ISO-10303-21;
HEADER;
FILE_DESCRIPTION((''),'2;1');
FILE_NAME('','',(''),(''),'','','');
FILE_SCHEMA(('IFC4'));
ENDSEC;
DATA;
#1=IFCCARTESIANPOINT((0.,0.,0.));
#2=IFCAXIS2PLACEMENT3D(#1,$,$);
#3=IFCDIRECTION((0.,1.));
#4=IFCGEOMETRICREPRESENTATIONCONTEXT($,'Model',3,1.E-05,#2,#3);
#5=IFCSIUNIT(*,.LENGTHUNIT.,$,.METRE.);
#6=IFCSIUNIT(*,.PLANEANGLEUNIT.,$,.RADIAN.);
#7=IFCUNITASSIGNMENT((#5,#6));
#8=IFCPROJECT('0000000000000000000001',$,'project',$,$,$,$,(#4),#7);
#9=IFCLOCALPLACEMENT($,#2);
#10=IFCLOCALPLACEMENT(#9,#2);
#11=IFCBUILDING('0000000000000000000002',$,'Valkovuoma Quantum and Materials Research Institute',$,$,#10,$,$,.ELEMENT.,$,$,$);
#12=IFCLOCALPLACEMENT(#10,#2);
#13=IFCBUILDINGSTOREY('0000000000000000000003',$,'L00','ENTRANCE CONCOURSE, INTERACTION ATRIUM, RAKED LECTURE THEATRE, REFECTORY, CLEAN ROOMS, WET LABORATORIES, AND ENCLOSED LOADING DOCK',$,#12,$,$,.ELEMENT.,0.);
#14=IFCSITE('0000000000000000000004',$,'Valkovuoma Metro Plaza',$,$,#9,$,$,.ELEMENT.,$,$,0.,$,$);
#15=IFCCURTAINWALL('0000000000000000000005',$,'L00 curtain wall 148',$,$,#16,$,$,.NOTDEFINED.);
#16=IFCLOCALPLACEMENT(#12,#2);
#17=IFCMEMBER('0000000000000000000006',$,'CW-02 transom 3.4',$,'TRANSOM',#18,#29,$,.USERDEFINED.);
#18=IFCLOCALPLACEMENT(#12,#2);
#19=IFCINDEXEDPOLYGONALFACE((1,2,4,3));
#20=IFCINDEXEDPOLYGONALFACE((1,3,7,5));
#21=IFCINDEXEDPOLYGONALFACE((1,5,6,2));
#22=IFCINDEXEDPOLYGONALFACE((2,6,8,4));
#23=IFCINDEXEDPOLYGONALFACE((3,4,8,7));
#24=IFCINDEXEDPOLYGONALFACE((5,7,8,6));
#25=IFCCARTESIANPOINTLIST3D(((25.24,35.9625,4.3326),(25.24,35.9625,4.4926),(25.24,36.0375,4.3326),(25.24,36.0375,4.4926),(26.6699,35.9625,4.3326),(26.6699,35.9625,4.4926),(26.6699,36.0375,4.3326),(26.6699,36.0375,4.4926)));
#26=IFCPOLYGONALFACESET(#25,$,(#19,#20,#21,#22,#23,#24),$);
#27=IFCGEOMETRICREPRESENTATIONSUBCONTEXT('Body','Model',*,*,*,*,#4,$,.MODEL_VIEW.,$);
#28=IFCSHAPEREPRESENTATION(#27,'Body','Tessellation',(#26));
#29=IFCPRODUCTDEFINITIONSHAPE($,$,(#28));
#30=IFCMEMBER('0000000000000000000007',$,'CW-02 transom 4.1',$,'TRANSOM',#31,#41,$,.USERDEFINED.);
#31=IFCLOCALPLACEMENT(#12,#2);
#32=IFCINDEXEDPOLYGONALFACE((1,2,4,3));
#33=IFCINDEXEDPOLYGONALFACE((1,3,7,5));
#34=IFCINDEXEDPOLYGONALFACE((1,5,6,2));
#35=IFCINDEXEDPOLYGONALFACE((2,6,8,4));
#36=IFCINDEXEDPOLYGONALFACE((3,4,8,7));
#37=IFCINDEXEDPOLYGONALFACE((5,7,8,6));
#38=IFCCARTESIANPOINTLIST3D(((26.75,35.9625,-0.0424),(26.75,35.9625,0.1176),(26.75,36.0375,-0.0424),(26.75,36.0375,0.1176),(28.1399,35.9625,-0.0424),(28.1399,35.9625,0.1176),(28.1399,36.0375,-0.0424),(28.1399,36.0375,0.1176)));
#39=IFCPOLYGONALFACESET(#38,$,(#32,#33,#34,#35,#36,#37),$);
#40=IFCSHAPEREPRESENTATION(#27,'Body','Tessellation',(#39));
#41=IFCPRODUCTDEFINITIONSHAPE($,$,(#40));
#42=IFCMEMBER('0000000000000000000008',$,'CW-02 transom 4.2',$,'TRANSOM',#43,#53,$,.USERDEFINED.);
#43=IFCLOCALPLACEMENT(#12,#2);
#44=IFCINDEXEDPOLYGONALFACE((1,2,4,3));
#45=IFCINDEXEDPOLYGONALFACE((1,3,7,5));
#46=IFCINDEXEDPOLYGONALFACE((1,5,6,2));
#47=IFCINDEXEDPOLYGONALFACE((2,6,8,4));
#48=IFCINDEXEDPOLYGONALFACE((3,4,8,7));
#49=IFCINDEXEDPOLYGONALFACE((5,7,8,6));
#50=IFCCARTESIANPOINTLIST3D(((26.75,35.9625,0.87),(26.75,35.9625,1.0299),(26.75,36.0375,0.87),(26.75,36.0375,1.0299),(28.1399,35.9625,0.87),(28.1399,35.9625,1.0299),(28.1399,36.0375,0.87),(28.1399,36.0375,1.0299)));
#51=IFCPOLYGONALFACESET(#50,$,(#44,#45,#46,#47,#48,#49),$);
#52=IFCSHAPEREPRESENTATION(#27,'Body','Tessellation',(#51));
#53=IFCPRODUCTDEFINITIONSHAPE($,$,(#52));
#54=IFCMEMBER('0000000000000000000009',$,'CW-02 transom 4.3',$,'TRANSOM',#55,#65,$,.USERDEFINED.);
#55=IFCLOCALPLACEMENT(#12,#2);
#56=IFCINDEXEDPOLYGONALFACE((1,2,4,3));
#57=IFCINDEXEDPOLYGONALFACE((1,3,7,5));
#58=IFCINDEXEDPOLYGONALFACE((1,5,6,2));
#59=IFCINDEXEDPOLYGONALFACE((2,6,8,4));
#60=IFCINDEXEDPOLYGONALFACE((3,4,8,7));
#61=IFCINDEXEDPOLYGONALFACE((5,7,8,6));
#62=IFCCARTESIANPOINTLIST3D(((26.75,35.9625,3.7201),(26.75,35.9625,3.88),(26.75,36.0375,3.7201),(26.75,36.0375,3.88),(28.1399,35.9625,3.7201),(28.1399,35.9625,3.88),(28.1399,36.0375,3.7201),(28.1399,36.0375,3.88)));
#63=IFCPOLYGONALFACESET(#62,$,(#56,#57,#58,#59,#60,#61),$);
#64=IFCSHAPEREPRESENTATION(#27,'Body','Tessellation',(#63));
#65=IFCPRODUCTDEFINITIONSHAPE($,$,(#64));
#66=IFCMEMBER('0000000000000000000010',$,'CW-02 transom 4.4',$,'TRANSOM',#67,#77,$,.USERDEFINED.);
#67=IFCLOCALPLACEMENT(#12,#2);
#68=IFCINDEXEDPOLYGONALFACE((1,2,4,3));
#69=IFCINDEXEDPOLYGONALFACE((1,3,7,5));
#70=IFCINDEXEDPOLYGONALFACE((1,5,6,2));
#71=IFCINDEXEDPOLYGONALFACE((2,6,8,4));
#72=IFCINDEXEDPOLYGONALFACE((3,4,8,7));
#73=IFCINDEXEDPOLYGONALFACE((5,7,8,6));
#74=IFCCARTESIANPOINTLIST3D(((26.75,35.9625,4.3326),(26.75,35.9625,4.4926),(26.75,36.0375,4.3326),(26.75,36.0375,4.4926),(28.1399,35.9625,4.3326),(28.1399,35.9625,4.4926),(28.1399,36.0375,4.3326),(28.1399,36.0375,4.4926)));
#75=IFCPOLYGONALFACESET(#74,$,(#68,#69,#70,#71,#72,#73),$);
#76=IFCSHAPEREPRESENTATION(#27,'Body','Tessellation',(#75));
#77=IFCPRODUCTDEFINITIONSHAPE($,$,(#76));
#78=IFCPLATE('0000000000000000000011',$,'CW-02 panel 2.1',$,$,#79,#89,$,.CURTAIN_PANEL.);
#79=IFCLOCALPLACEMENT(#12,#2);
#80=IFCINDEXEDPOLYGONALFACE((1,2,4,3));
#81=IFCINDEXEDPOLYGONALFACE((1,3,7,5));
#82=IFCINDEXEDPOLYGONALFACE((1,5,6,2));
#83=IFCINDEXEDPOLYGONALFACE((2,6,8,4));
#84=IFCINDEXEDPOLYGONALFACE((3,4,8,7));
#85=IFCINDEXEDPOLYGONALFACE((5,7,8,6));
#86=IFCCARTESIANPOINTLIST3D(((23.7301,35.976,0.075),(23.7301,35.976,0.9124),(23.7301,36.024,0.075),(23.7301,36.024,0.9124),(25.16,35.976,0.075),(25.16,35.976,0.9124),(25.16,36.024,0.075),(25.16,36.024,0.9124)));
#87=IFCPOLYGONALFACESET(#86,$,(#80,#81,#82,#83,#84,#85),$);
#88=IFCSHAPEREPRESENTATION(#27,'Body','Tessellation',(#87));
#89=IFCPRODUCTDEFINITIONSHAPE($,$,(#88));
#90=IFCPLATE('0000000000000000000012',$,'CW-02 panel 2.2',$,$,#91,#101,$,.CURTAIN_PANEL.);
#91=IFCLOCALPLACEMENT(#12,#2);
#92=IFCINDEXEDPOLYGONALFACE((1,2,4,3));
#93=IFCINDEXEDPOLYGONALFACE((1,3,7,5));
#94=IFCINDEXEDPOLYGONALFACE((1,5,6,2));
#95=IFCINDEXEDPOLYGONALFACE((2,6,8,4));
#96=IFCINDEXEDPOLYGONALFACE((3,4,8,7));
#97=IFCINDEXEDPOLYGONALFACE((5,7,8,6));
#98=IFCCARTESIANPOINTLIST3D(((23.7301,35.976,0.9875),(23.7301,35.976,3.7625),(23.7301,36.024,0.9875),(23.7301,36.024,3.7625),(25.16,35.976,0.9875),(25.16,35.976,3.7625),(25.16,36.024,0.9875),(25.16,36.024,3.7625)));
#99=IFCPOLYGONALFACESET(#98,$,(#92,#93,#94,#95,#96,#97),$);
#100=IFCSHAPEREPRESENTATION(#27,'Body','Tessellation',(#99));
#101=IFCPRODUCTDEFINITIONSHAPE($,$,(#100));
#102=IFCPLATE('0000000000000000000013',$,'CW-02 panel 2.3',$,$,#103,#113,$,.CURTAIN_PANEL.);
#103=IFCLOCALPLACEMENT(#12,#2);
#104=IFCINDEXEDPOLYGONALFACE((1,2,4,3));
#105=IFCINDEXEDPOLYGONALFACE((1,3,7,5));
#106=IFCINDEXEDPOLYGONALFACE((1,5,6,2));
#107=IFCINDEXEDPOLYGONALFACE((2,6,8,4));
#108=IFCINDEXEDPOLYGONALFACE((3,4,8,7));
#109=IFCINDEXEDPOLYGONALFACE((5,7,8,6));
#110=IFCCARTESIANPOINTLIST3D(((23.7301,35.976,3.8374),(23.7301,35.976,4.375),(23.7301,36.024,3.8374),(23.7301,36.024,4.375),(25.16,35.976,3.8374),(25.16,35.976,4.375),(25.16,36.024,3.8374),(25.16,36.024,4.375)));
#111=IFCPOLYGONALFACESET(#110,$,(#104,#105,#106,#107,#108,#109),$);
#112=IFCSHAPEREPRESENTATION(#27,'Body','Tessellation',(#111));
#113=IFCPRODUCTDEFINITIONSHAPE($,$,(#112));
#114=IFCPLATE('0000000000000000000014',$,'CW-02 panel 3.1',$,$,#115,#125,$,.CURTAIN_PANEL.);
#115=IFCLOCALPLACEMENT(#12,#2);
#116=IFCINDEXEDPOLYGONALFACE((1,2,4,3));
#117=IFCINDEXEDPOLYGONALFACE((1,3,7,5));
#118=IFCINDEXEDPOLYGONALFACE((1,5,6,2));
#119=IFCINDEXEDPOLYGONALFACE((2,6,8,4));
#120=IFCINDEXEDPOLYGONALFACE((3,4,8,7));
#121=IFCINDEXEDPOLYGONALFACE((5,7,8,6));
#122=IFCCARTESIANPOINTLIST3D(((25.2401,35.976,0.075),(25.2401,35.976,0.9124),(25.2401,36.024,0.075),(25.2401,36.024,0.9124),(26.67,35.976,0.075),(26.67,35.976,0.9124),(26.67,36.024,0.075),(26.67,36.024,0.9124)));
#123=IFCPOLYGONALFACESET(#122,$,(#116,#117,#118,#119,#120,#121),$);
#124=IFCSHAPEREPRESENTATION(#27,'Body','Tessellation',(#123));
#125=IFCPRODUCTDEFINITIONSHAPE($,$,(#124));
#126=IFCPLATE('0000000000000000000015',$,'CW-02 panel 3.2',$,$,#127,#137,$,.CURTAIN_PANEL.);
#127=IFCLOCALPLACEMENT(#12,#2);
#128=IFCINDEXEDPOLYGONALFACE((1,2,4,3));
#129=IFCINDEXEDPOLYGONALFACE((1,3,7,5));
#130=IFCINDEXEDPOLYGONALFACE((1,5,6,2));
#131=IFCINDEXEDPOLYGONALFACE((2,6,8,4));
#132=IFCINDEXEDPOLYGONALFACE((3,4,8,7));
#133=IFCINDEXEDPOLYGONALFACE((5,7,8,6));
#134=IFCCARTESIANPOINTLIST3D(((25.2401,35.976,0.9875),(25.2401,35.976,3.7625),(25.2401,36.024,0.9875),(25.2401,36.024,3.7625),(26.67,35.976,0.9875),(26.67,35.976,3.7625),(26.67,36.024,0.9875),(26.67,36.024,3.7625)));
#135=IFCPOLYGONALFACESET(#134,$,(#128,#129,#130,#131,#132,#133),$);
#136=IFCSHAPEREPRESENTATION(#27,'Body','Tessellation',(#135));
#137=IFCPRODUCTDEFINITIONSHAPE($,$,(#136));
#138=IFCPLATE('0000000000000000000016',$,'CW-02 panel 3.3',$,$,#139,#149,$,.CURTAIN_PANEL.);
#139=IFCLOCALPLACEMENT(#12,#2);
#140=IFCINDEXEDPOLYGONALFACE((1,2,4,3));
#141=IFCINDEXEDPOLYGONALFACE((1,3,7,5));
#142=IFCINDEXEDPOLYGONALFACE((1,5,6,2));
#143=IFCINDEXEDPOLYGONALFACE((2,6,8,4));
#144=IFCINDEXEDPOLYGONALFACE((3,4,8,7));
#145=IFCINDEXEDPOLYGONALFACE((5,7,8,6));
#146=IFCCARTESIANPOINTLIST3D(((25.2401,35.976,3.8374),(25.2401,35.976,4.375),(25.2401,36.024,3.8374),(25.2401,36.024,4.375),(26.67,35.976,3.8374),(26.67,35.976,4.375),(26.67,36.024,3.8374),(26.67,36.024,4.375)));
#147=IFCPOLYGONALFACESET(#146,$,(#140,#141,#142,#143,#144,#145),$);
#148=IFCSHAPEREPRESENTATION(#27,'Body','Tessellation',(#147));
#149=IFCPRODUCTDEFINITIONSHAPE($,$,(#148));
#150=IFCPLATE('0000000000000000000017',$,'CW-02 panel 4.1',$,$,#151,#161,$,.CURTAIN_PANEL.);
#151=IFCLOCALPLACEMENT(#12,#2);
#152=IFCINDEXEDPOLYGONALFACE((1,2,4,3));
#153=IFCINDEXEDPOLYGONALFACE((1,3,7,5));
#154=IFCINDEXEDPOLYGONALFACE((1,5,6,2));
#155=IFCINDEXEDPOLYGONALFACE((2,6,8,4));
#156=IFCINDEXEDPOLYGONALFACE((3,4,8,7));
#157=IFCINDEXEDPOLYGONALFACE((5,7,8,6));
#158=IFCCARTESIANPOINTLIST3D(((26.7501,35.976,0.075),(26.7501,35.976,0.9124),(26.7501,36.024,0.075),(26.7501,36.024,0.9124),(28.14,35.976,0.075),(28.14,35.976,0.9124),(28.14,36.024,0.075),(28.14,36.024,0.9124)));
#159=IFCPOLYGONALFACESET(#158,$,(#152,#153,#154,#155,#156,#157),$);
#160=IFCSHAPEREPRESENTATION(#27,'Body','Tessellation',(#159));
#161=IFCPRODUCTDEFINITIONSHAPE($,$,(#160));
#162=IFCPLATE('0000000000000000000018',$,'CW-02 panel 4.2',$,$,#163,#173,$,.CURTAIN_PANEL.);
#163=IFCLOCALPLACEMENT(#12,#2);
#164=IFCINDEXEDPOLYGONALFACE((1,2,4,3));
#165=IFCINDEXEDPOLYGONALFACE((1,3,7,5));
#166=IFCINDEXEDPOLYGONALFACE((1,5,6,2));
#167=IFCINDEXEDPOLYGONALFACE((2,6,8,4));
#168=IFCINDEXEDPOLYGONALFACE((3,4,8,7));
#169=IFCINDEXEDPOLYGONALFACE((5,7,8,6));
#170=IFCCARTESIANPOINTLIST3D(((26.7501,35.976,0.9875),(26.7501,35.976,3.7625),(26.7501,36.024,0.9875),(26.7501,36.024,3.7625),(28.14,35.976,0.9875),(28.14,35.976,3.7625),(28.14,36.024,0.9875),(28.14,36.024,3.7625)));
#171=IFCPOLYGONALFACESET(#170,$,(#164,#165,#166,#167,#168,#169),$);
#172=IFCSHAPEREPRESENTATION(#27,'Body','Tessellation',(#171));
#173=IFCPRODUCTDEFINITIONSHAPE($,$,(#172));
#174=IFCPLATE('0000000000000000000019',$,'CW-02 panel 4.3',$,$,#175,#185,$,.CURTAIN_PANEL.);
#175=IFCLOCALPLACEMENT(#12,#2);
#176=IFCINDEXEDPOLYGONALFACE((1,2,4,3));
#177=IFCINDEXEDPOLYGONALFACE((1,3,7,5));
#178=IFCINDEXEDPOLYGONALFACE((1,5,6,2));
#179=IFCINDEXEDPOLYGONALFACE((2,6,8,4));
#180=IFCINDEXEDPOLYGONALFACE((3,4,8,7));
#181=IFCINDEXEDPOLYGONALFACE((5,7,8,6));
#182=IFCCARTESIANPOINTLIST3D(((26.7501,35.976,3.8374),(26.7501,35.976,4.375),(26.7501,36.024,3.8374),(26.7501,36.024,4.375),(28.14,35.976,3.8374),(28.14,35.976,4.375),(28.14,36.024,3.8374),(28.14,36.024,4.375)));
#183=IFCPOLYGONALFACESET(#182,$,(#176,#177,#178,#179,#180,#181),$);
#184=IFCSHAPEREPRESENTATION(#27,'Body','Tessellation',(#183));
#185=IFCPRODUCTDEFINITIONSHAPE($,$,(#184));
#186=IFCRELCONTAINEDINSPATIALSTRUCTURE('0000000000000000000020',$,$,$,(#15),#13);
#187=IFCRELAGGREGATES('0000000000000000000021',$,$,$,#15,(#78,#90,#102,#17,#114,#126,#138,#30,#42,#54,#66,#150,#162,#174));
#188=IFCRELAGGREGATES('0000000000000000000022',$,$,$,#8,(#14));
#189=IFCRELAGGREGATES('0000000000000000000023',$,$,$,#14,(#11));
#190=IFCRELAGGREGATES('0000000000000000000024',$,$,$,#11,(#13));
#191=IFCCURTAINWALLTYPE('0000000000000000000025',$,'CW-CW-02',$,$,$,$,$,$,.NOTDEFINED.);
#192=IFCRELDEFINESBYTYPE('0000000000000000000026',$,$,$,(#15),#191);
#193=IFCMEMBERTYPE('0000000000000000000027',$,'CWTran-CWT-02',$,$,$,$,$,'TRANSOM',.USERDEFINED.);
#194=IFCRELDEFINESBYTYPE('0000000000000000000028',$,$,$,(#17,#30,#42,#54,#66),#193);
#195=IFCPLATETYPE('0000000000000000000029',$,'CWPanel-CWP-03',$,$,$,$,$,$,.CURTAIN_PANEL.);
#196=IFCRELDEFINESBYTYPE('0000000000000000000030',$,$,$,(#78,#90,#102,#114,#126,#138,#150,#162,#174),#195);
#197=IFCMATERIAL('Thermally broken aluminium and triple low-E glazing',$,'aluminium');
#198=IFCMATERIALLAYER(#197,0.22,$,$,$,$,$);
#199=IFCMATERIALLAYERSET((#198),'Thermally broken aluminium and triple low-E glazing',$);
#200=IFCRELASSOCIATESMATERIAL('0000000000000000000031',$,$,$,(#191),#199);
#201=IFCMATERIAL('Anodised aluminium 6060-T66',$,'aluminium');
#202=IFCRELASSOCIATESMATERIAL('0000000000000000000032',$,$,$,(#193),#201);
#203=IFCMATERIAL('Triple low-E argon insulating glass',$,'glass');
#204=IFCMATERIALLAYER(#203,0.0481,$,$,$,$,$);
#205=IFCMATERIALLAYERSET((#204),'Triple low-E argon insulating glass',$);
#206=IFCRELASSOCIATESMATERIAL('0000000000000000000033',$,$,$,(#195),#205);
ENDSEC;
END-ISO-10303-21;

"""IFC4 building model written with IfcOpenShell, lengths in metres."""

from ifc_helpers import new_model, si_unit, direction, frame, origin, origin_2d, place, context, subcontext, project, spatial, rectangle, extrude, material, layer, layer_set, material_profile, profile_set, type_object, element, aggregate, save


model = new_model("IFC4")

# Units and contexts
model_context = context("Model", 3, precision=1e-05, world=origin(), true_north=direction((0.0, 1.0)))
body_context = subcontext(model_context, "Body", "Model", "MODEL_VIEW")
ifc_project = project(units=[si_unit("LENGTHUNIT", "METRE"), si_unit("PLANEANGLEUNIT", "RADIAN")], contexts=[model_context])

# Site, building, storey
site_placement = place(None, origin())
site = spatial("IfcSite", under=ifc_project, at=site_placement, Name="Valkovuoma Metro Plaza", CompositionType="ELEMENT", RefElevation=0.0)
building_placement = place(site_placement, origin())
building = spatial("IfcBuilding", under=site, at=building_placement, Name="Valkovuoma Quantum and Materials Research Institute", CompositionType="ELEMENT")
storey_placement = place(building_placement, origin())
storey = spatial("IfcBuildingStorey", under=building, at=storey_placement, Name="L00", Description="ENTRANCE CONCOURSE, INTERACTION ATRIUM, RAKED LECTURE THEATRE, REFECTORY, CLEAN ROOMS, WET LABORATORIES, AND ENCLOSED LOADING DOCK", CompositionType="ELEMENT", Elevation=0.0)

# Curtain wall
ifc_material_1 = material(Name="Thermally broken aluminium and triple low-E glazing", Category="aluminium")
ifc_layer_1 = layer(ifc_material_1, 0.22)
ifc_layer_set_1 = layer_set([ifc_layer_1], Name="Thermally broken aluminium and triple low-E glazing")
curtain_wall_type = type_object("IfcCurtainWallType", Name="CW-CW-02", PredefinedType="NOTDEFINED", material=ifc_layer_set_1)
curtain_wall_1_placement = place(storey_placement, origin())
curtain_wall_1 = element("IfcCurtainWall", 1, at=curtain_wall_1_placement, inside=storey, type_object=curtain_wall_type, Name="L00 curtain wall 148", PredefinedType="NOTDEFINED")

# Members
ifc_material_2 = material(Name="Anodised aluminium 6060-T66", Category="aluminium")
ifc_material_profile_1 = material_profile(ifc_material_2, rectangle(XDim=0.075, YDim=0.1599, at=origin_2d()), Name="Anodised aluminium 6060-T66")
ifc_profile_set_1 = profile_set([ifc_material_profile_1], Name="Anodised aluminium 6060-T66")
member_type_1 = type_object("IfcMemberType", Name="CWTran-CWT-02", ElementType="TRANSOM", PredefinedType="USERDEFINED", material=ifc_profile_set_1)
member_1_placement = place(storey_placement, frame((25.24, 36.0, 4.4126), z_axis=(1.0, 0.0, 0.0), x_axis=(0.0, 1.0, 0.0)))
member_1 = element("IfcMember", 2, at=member_1_placement, type_object=member_type_1, Name="CW-02 transom 3.4", ObjectType="TRANSOM", PredefinedType="USERDEFINED", context=body_context, shape_type="SweptSolid", body=[
    extrude(rectangle(XDim=0.075, YDim=0.1599, at=origin_2d()), origin(), (0.0, 0.0, 1.0), 1.4299),
])
member_2_placement = place(storey_placement, frame((26.75, 36.0, 0.0376), z_axis=(1.0, 0.0, 0.0), x_axis=(0.0, 1.0, 0.0)))
member_2 = element("IfcMember", 3, at=member_2_placement, type_object=member_type_1, Name="CW-02 transom 4.1", ObjectType="TRANSOM", PredefinedType="USERDEFINED", context=body_context, shape_type="SweptSolid", body=[
    extrude(rectangle(XDim=0.075, YDim=0.1599, at=origin_2d()), origin(), (0.0, 0.0, 1.0), 1.3899),
])
member_3_placement = place(storey_placement, frame((26.75, 36.0, 0.95), z_axis=(1.0, 0.0, 0.0), x_axis=(0.0, 1.0, 0.0)))
member_3 = element("IfcMember", 4, at=member_3_placement, type_object=member_type_1, Name="CW-02 transom 4.2", ObjectType="TRANSOM", PredefinedType="USERDEFINED", context=body_context, shape_type="SweptSolid", body=[
    extrude(rectangle(XDim=0.075, YDim=0.1599, at=origin_2d()), origin(), (0.0, 0.0, 1.0), 1.3899),
])
member_4_placement = place(storey_placement, frame((26.75, 36.0, 3.8), z_axis=(1.0, 0.0, 0.0), x_axis=(0.0, 1.0, 0.0)))
member_4 = element("IfcMember", 5, at=member_4_placement, type_object=member_type_1, Name="CW-02 transom 4.3", ObjectType="TRANSOM", PredefinedType="USERDEFINED", context=body_context, shape_type="SweptSolid", body=[
    extrude(rectangle(XDim=0.075, YDim=0.1599, at=origin_2d()), origin(), (0.0, 0.0, 1.0), 1.3899),
])
member_5_placement = place(storey_placement, frame((26.75, 36.0, 4.4126), z_axis=(1.0, 0.0, 0.0), x_axis=(0.0, 1.0, 0.0)))
member_5 = element("IfcMember", 6, at=member_5_placement, type_object=member_type_1, Name="CW-02 transom 4.4", ObjectType="TRANSOM", PredefinedType="USERDEFINED", context=body_context, shape_type="SweptSolid", body=[
    extrude(rectangle(XDim=0.075, YDim=0.1599, at=origin_2d()), origin(), (0.0, 0.0, 1.0), 1.3899),
])

# Plates
ifc_material_3 = material(Name="Triple low-E argon insulating glass", Category="glass")
ifc_layer_2 = layer(ifc_material_3, 0.0481)
ifc_layer_set_2 = layer_set([ifc_layer_2], Name="Triple low-E argon insulating glass")
plate_type = type_object("IfcPlateType", Name="CWPanel-CWP-03", PredefinedType="CURTAIN_PANEL", material=ifc_layer_set_2)
plate_1_placement = place(storey_placement, frame((24.4451, 36.0, 0.075), z_axis=(0.0, 0.0, 1.0), x_axis=(1.0, 0.0, 0.0)))
plate_1 = element("IfcPlate", 7, at=plate_1_placement, type_object=plate_type, Name="CW-02 panel 2.1", PredefinedType="CURTAIN_PANEL", context=body_context, shape_type="SweptSolid", body=[
    extrude(rectangle(XDim=1.4299, YDim=0.0481, at=origin_2d()), origin(), (0.0, 0.0, 1.0), 0.8374),
])
plate_2_placement = place(storey_placement, frame((24.4451, 36.0, 0.9875), z_axis=(0.0, 0.0, 1.0), x_axis=(1.0, 0.0, 0.0)))
plate_2 = element("IfcPlate", 8, at=plate_2_placement, type_object=plate_type, Name="CW-02 panel 2.2", PredefinedType="CURTAIN_PANEL", context=body_context, shape_type="SweptSolid", body=[
    extrude(rectangle(XDim=1.4299, YDim=0.0481, at=origin_2d()), origin(), (0.0, 0.0, 1.0), 2.7749),
])
plate_3_placement = place(storey_placement, frame((24.4451, 36.0, 3.8374), z_axis=(0.0, 0.0, 1.0), x_axis=(1.0, 0.0, 0.0)))
plate_3 = element("IfcPlate", 9, at=plate_3_placement, type_object=plate_type, Name="CW-02 panel 2.3", PredefinedType="CURTAIN_PANEL", context=body_context, shape_type="SweptSolid", body=[
    extrude(rectangle(XDim=1.4299, YDim=0.0481, at=origin_2d()), origin(), (0.0, 0.0, 1.0), 0.5376),
])
plate_4_placement = place(storey_placement, frame((25.9551, 36.0, 0.075), z_axis=(0.0, 0.0, 1.0), x_axis=(1.0, 0.0, 0.0)))
plate_4 = element("IfcPlate", 10, at=plate_4_placement, type_object=plate_type, Name="CW-02 panel 3.1", PredefinedType="CURTAIN_PANEL", context=body_context, shape_type="SweptSolid", body=[
    extrude(rectangle(XDim=1.4299, YDim=0.0481, at=origin_2d()), origin(), (0.0, 0.0, 1.0), 0.8374),
])
plate_5_placement = place(storey_placement, frame((25.9551, 36.0, 0.9875), z_axis=(0.0, 0.0, 1.0), x_axis=(1.0, 0.0, 0.0)))
plate_5 = element("IfcPlate", 11, at=plate_5_placement, type_object=plate_type, Name="CW-02 panel 3.2", PredefinedType="CURTAIN_PANEL", context=body_context, shape_type="SweptSolid", body=[
    extrude(rectangle(XDim=1.4299, YDim=0.0481, at=origin_2d()), origin(), (0.0, 0.0, 1.0), 2.7749),
])
plate_6_placement = place(storey_placement, frame((25.9551, 36.0, 3.8374), z_axis=(0.0, 0.0, 1.0), x_axis=(1.0, 0.0, 0.0)))
plate_6 = element("IfcPlate", 12, at=plate_6_placement, type_object=plate_type, Name="CW-02 panel 3.3", PredefinedType="CURTAIN_PANEL", context=body_context, shape_type="SweptSolid", body=[
    extrude(rectangle(XDim=1.4299, YDim=0.0481, at=origin_2d()), origin(), (0.0, 0.0, 1.0), 0.5376),
])
plate_7_placement = place(storey_placement, frame((27.4451, 36.0, 0.075), z_axis=(0.0, 0.0, 1.0), x_axis=(1.0, 0.0, 0.0)))
plate_7 = element("IfcPlate", 13, at=plate_7_placement, type_object=plate_type, Name="CW-02 panel 4.1", PredefinedType="CURTAIN_PANEL", context=body_context, shape_type="SweptSolid", body=[
    extrude(rectangle(XDim=1.3899, YDim=0.0481, at=origin_2d()), origin(), (0.0, 0.0, 1.0), 0.8374),
])
plate_8_placement = place(storey_placement, frame((27.4451, 36.0, 0.9875), z_axis=(0.0, 0.0, 1.0), x_axis=(1.0, 0.0, 0.0)))
plate_8 = element("IfcPlate", 14, at=plate_8_placement, type_object=plate_type, Name="CW-02 panel 4.2", PredefinedType="CURTAIN_PANEL", context=body_context, shape_type="SweptSolid", body=[
    extrude(rectangle(XDim=1.3899, YDim=0.0481, at=origin_2d()), origin(), (0.0, 0.0, 1.0), 2.7749),
])
plate_9_placement = place(storey_placement, frame((27.4451, 36.0, 3.8374), z_axis=(0.0, 0.0, 1.0), x_axis=(1.0, 0.0, 0.0)))
plate_9 = element("IfcPlate", 15, at=plate_9_placement, type_object=plate_type, Name="CW-02 panel 4.3", PredefinedType="CURTAIN_PANEL", context=body_context, shape_type="SweptSolid", body=[
    extrude(rectangle(XDim=1.3899, YDim=0.0481, at=origin_2d()), origin(), (0.0, 0.0, 1.0), 0.5376),
])
aggregate(curtain_wall_1, [plate_1, plate_2, plate_3, member_1, plate_4, plate_5, plate_6, member_2, member_3, member_4, member_5, plate_7, plate_8, plate_9])

save(model, "model.ifc")
